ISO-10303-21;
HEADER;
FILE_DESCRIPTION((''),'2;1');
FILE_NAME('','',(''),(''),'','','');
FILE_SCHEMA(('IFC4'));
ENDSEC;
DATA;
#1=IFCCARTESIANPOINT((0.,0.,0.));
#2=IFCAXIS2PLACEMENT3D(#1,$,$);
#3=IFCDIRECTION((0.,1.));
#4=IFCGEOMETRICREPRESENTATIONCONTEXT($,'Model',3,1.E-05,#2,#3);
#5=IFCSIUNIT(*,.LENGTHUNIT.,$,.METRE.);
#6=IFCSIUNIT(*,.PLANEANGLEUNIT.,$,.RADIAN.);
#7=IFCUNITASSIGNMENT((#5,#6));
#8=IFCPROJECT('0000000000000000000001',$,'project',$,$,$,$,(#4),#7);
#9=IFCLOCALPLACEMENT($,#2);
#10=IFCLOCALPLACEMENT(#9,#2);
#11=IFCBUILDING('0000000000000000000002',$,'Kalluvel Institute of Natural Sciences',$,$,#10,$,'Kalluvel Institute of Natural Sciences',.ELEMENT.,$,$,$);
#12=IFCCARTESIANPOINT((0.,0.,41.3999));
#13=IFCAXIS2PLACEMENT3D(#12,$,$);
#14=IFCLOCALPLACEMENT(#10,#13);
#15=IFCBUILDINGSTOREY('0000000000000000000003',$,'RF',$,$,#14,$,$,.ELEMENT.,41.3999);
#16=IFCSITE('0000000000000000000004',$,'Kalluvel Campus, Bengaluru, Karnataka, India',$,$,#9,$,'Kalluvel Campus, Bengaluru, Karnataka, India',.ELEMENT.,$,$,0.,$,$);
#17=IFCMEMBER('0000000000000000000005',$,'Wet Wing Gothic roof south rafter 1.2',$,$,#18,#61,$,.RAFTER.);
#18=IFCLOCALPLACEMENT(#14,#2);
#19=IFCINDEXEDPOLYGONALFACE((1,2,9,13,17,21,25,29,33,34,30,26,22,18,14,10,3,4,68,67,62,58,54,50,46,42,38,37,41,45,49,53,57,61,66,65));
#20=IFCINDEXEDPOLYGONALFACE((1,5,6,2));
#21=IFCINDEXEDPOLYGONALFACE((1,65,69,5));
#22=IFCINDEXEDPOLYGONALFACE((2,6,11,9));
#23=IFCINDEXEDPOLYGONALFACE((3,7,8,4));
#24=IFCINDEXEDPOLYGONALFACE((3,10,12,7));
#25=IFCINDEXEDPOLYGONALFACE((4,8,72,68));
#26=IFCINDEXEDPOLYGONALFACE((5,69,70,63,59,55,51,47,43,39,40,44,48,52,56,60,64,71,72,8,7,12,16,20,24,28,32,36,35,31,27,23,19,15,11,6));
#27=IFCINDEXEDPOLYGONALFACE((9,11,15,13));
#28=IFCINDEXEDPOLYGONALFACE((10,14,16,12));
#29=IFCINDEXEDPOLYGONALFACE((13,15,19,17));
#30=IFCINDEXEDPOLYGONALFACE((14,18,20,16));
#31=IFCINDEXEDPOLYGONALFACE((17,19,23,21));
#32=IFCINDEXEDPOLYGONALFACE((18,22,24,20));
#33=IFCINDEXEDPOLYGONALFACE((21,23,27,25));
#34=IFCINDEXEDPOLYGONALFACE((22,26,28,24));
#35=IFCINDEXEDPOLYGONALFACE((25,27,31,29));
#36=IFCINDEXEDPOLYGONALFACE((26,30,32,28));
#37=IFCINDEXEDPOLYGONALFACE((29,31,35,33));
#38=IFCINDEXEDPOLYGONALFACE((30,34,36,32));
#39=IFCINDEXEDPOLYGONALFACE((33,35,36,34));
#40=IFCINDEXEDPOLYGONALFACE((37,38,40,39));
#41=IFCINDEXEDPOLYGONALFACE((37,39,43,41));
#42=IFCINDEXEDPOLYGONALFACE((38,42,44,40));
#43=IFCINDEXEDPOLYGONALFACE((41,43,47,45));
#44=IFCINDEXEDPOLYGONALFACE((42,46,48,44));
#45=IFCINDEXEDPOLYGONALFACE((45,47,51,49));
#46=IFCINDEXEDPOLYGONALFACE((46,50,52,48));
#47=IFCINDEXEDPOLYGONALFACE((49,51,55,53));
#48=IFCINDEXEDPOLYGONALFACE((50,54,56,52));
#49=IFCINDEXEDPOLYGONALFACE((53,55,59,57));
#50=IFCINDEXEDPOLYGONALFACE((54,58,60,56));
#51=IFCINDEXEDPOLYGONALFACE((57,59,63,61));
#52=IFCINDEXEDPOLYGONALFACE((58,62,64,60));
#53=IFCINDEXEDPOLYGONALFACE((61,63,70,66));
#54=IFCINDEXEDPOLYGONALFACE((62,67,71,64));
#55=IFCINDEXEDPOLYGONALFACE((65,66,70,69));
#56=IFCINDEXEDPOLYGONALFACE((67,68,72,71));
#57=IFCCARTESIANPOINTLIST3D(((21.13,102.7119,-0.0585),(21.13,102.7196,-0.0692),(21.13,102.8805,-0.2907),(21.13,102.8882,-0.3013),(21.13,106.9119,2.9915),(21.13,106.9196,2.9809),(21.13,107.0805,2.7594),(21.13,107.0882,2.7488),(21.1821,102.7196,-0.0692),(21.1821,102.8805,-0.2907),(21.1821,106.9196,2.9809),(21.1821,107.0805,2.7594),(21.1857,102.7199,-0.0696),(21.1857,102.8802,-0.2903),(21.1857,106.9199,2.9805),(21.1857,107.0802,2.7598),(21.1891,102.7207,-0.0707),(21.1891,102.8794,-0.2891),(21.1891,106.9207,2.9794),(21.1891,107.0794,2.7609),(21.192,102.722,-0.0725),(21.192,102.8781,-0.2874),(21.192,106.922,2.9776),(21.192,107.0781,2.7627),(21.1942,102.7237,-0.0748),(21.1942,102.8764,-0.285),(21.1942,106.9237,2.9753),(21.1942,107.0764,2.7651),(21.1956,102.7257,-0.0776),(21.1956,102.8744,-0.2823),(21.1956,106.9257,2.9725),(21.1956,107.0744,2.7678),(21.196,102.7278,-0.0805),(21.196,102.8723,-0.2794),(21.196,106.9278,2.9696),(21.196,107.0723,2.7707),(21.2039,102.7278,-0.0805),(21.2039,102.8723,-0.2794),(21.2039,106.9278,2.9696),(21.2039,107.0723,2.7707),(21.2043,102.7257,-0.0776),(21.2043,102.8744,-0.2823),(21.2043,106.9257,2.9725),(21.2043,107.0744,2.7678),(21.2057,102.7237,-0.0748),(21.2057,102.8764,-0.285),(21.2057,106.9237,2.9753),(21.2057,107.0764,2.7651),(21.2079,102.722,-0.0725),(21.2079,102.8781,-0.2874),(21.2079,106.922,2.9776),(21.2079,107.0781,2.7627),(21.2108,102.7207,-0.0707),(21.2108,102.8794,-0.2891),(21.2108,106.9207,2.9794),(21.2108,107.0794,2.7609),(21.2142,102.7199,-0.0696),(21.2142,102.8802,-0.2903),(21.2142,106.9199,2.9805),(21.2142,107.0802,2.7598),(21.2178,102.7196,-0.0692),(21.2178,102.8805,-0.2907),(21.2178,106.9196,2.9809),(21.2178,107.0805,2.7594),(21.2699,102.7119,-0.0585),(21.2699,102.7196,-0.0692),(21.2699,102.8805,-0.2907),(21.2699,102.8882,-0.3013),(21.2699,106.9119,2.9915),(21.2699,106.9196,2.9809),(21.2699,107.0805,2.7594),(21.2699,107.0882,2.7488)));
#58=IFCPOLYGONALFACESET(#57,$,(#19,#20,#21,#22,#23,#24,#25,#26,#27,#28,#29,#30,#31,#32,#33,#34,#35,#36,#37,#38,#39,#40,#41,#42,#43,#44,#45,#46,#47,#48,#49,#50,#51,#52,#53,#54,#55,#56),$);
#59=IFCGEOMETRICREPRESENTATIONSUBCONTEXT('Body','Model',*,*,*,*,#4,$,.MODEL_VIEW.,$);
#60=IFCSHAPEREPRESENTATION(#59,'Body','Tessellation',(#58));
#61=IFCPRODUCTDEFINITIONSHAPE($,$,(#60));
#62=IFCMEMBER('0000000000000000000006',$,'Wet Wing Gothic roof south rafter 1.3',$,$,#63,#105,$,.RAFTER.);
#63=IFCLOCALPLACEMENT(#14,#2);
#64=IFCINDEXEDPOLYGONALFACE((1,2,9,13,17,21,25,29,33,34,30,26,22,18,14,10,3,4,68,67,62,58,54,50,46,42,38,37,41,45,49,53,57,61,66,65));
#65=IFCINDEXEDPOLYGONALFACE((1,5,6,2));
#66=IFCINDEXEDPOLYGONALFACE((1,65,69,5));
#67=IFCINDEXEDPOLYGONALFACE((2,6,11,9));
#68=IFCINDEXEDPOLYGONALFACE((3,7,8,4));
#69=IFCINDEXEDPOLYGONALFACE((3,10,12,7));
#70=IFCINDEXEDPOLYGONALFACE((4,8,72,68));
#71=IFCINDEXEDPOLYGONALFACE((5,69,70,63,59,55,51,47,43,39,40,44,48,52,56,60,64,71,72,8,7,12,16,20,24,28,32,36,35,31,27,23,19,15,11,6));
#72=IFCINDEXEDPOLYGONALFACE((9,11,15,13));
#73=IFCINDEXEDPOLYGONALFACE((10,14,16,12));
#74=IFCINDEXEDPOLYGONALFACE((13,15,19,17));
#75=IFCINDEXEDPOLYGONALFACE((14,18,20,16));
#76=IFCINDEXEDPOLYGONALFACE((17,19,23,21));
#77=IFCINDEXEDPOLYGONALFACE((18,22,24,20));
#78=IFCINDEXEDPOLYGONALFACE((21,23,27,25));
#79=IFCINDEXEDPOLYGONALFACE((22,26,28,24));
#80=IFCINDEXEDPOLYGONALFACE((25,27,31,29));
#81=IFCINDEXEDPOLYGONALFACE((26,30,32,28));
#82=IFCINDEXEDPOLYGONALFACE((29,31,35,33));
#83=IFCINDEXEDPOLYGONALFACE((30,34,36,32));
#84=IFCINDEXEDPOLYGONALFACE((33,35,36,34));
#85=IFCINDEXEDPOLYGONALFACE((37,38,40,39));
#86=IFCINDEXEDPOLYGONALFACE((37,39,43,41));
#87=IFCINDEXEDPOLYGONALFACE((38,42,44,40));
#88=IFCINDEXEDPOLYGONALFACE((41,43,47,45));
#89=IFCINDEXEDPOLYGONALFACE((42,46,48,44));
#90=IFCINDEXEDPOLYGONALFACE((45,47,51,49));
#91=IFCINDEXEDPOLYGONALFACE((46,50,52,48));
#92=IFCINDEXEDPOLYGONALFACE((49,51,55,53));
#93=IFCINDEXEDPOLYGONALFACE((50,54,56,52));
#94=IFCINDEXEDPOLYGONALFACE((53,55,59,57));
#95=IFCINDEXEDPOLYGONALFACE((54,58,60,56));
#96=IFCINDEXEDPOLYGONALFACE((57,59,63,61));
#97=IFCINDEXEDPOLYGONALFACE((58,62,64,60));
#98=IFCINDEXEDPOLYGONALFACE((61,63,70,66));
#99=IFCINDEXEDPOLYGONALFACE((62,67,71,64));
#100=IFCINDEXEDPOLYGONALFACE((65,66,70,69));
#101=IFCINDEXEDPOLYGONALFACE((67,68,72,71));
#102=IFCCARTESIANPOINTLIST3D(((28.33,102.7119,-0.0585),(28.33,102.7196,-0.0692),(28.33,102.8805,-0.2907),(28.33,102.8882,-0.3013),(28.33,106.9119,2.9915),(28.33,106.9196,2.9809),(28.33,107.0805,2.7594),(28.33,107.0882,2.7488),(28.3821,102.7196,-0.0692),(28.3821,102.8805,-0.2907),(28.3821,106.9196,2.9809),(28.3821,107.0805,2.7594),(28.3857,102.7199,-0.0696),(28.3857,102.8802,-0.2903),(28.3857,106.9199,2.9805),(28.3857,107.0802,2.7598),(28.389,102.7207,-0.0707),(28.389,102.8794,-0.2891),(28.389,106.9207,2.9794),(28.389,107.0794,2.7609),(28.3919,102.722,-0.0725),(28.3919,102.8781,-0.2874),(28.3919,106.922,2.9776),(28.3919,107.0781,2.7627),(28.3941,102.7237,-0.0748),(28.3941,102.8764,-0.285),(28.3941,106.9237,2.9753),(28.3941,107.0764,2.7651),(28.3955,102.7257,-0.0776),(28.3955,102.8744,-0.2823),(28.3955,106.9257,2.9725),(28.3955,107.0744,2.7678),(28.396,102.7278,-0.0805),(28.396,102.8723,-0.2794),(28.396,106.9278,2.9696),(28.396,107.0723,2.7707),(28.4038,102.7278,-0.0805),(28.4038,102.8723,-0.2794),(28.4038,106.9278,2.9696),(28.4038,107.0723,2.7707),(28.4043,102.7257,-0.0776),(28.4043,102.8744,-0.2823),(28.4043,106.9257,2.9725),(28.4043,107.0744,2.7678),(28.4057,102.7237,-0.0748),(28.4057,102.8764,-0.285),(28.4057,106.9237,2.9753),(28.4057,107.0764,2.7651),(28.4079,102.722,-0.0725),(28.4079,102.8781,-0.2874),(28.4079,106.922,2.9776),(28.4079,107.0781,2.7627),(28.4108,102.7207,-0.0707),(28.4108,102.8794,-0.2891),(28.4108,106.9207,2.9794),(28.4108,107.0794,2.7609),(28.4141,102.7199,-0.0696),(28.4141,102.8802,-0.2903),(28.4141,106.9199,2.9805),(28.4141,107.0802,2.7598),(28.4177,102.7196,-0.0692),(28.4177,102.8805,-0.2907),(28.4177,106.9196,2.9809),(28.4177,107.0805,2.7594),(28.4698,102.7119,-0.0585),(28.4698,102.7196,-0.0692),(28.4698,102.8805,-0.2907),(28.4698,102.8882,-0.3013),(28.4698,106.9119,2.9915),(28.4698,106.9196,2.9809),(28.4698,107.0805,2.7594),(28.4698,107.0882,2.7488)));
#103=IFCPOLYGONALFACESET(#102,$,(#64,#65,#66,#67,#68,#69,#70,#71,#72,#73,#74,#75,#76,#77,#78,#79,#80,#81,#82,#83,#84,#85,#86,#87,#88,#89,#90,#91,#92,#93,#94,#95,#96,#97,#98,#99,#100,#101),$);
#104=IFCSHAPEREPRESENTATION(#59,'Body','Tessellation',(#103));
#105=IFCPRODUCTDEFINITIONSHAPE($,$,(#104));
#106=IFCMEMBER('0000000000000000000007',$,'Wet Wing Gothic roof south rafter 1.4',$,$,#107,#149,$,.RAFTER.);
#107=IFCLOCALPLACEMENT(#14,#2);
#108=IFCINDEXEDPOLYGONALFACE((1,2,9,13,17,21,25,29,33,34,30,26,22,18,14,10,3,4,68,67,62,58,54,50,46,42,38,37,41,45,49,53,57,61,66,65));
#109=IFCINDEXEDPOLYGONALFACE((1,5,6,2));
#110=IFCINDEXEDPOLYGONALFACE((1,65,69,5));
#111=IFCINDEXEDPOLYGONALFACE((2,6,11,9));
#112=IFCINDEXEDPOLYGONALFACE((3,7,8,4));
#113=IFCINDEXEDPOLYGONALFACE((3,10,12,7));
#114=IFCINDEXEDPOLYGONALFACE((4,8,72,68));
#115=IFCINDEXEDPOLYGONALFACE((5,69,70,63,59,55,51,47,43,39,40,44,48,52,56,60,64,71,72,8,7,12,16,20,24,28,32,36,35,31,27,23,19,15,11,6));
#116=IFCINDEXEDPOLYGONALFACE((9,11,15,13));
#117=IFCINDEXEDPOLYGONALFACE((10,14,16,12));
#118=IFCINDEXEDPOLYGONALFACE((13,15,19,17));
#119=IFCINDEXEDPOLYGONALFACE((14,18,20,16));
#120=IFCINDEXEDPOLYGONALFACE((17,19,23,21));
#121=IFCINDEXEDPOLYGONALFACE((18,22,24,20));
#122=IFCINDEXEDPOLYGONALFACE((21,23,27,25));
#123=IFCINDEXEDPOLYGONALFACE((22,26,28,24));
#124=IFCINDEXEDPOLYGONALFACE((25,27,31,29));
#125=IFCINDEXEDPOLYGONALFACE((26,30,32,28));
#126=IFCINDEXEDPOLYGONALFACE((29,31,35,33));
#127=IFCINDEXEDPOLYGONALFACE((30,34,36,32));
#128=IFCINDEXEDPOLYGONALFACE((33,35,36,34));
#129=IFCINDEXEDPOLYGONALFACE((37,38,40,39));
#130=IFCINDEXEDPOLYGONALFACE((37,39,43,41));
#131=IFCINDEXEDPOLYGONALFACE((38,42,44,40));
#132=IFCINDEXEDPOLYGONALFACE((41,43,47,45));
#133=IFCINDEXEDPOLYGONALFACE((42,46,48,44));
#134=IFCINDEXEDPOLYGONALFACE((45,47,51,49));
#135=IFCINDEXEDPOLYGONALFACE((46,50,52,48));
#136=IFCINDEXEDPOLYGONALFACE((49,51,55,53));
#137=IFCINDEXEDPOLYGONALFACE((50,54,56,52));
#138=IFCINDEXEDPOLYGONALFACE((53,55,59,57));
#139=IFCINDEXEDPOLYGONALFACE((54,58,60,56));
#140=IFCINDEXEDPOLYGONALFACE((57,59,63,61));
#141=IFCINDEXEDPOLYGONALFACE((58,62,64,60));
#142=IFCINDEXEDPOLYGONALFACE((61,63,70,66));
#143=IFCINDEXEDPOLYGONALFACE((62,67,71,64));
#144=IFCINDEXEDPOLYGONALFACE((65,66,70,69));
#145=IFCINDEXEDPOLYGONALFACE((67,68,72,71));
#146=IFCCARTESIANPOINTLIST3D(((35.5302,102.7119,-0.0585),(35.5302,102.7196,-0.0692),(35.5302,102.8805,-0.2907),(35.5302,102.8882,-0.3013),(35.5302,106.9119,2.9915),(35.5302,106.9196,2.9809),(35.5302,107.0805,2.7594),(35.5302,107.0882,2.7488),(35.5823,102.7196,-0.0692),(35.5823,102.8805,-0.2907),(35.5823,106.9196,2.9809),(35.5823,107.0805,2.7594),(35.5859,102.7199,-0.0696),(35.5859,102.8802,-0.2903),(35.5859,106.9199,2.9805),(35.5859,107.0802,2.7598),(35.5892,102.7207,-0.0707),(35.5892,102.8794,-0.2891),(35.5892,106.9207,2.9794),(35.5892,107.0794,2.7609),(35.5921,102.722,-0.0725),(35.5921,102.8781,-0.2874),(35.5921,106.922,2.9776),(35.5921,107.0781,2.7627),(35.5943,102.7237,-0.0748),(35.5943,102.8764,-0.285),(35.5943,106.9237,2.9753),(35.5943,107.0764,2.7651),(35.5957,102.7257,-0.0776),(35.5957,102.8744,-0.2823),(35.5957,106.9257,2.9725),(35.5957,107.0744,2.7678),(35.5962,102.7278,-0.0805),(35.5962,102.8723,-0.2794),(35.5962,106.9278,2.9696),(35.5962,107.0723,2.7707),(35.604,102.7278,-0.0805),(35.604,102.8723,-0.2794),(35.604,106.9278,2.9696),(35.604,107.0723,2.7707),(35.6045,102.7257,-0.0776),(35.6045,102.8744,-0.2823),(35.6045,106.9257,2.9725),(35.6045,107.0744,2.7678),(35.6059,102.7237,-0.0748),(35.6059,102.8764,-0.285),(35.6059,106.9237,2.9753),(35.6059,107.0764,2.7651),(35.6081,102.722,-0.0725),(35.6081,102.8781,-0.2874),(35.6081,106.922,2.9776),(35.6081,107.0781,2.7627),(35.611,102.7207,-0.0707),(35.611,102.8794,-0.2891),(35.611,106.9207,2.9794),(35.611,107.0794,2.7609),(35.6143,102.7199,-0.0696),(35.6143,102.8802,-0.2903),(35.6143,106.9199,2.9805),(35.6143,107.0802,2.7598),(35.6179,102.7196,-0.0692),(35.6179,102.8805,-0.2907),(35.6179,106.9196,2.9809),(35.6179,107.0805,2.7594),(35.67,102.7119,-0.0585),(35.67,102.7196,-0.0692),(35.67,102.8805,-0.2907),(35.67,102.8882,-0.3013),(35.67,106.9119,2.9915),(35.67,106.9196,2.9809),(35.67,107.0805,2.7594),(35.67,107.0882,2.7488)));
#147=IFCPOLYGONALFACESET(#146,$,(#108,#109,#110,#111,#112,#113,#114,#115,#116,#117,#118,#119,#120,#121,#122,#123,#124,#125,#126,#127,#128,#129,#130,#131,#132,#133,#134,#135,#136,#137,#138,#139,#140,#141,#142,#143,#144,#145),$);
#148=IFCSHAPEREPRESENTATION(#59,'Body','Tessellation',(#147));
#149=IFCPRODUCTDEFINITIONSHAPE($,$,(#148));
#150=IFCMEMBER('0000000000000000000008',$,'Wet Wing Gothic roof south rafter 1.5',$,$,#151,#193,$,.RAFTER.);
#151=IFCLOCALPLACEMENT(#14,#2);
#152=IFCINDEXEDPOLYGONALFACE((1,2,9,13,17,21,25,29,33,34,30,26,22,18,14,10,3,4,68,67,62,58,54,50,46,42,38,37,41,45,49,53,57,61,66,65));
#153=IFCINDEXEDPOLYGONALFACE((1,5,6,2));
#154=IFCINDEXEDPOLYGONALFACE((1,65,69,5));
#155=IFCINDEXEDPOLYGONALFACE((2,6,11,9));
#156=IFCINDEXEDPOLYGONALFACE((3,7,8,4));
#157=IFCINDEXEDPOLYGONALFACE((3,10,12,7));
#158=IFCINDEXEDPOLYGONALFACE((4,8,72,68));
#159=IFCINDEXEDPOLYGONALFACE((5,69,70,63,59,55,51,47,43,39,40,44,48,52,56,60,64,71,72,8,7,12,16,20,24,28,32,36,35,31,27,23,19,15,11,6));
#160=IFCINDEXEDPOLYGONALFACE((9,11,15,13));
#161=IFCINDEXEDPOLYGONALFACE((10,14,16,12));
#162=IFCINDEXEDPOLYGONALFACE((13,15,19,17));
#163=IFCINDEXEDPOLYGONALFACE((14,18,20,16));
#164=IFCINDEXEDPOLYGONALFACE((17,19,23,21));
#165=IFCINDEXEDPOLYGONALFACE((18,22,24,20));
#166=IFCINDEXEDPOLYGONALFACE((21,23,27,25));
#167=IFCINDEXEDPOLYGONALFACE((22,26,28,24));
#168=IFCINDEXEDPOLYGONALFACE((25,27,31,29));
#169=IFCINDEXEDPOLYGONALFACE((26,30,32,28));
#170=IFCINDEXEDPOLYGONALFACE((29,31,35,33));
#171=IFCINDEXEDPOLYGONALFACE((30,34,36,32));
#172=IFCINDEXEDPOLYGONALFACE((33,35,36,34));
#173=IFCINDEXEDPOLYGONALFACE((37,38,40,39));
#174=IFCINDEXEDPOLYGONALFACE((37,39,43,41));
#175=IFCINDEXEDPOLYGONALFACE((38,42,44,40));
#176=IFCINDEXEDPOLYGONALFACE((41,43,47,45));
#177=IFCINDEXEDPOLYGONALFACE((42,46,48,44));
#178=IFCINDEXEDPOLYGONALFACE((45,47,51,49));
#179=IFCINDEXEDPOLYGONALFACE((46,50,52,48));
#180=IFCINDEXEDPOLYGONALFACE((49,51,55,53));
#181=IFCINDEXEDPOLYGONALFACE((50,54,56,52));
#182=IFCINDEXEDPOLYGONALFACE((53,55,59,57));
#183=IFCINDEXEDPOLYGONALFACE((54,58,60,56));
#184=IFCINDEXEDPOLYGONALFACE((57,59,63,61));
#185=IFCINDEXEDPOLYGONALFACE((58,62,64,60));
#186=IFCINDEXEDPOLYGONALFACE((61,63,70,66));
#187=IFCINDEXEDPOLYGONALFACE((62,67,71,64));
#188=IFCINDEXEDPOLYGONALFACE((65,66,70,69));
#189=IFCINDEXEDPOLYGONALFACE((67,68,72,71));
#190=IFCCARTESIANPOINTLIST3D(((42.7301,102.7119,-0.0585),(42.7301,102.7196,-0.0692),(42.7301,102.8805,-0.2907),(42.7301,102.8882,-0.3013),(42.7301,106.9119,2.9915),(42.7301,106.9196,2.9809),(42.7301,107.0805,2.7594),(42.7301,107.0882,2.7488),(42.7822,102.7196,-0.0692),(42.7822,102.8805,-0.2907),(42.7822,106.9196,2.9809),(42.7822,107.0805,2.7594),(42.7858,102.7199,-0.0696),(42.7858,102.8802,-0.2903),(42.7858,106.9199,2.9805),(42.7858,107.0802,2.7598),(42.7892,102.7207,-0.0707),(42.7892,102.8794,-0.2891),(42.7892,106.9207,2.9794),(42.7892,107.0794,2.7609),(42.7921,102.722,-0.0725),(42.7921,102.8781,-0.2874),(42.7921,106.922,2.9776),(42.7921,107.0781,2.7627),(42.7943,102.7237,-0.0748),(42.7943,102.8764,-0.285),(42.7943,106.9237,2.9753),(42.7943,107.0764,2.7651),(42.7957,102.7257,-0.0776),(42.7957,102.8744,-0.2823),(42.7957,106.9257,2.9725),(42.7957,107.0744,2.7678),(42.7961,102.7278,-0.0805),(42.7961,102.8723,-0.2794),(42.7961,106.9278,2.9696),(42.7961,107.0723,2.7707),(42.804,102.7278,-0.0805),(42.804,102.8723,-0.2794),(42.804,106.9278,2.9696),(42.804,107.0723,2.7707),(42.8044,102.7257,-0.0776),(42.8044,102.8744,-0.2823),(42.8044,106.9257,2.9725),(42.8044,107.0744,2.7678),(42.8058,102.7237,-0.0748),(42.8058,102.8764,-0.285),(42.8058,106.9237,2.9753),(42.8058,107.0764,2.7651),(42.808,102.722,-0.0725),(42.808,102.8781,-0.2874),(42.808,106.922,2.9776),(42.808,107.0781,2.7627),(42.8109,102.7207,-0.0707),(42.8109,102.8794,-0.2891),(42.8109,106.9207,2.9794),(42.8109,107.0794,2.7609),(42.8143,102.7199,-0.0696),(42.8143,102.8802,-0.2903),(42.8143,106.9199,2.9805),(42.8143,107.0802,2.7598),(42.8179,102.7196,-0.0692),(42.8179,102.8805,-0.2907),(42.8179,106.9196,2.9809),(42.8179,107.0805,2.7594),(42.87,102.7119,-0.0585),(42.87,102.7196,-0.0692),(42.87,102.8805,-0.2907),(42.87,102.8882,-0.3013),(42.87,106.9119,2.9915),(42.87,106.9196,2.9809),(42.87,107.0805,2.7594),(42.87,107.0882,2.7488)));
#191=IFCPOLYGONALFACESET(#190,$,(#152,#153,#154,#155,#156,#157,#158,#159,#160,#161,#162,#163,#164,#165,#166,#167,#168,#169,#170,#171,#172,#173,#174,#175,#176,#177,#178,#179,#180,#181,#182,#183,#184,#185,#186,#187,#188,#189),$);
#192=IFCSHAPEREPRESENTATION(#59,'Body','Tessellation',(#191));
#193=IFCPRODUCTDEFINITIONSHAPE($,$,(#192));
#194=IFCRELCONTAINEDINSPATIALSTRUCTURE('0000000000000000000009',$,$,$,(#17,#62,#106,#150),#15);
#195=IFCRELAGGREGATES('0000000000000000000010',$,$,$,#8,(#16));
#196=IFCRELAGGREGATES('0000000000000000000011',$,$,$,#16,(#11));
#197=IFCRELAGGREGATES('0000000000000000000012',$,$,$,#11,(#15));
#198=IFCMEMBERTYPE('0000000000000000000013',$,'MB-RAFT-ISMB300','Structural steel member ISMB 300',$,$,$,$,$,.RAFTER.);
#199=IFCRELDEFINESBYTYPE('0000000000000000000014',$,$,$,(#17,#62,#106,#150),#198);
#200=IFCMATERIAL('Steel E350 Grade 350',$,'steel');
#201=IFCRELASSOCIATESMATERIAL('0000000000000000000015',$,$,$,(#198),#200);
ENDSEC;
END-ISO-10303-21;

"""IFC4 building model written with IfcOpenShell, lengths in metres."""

from ifc_helpers import new_model, si_unit, direction, frame, origin, origin_2d, place, context, subcontext, project, spatial, i_section, extrude, material, material_profile, profile_set, type_object, element, save


model = new_model("IFC4")

# Units and contexts
model_context = context("Model", 3, precision=1e-05, world=origin(), true_north=direction((0.0, 1.0)))
body_context = subcontext(model_context, "Body", "Model", "MODEL_VIEW")
ifc_project = project(units=[si_unit("LENGTHUNIT", "METRE"), si_unit("PLANEANGLEUNIT", "RADIAN")], contexts=[model_context])

# Site, building, storey
site_placement = place(None, origin())
site = spatial("IfcSite", under=ifc_project, at=site_placement, Name="Kalluvel Campus, Bengaluru, Karnataka, India", LongName="Kalluvel Campus, Bengaluru, Karnataka, India", CompositionType="ELEMENT", RefElevation=0.0)
building_placement = place(site_placement, origin())
building = spatial("IfcBuilding", under=site, at=building_placement, Name="Kalluvel Institute of Natural Sciences", LongName="Kalluvel Institute of Natural Sciences", CompositionType="ELEMENT")
storey_placement = place(building_placement, frame((0.0, 0.0, 41.3999)))
storey = spatial("IfcBuildingStorey", under=building, at=storey_placement, Name="RF", CompositionType="ELEMENT", Elevation=41.3999)

# Shared definitions
ifc_material_1 = material(Name="Steel E350 Grade 350", Category="steel")

# Members
ifc_material_profile_1 = material_profile(ifc_material_1, i_section(OverallWidth=0.1399, OverallDepth=0.3, WebThickness=0.0078, FlangeThickness=0.0132, FilletRadius=0.0139, at=origin_2d()), Name="ISMB 300")
ifc_profile_set_1 = profile_set([ifc_material_profile_1], Name="Steel E350 Grade 350")
member_type = type_object("IfcMemberType", Name="MB-RAFT-ISMB300", Description="Structural steel member ISMB 300", PredefinedType="RAFTER", material=ifc_profile_set_1)
for number, where, z_axis, x_axis, name in (
    (1, (21.2, 102.8, -0.1799), (0.0, 0.809145, 0.587609), (-1.0, 0.0, 0.0), "Wet Wing Gothic roof south rafter 1.2"),
    (2, (28.3999, 102.8, -0.1799), (0.0, 0.809145, 0.587609), (-1.0, 0.0, 0.0), "Wet Wing Gothic roof south rafter 1.3"),
    (3, (35.6001, 102.8, -0.1799), (0.0, 0.809145, 0.587609), (-1.0, 0.0, 0.0), "Wet Wing Gothic roof south rafter 1.4"),
    (4, (42.8, 102.8, -0.1799), (0.0, 0.809145, 0.587609), (-1.0, 0.0, 0.0), "Wet Wing Gothic roof south rafter 1.5"),
):
    element("IfcMember", number, at=place(storey_placement, frame(where, z_axis=z_axis, x_axis=x_axis)), inside=storey, type_object=member_type, Name=name, PredefinedType="RAFTER", context=body_context, shape_type="SweptSolid", body=[
        extrude(i_section(OverallWidth=0.1399, OverallDepth=0.3, WebThickness=0.0078, FlangeThickness=0.0132, FilletRadius=0.0139, at=origin_2d()), origin(), (0.0, 0.0, 1.0), 5.1907),
    ])

save(model, "model.ifc")
